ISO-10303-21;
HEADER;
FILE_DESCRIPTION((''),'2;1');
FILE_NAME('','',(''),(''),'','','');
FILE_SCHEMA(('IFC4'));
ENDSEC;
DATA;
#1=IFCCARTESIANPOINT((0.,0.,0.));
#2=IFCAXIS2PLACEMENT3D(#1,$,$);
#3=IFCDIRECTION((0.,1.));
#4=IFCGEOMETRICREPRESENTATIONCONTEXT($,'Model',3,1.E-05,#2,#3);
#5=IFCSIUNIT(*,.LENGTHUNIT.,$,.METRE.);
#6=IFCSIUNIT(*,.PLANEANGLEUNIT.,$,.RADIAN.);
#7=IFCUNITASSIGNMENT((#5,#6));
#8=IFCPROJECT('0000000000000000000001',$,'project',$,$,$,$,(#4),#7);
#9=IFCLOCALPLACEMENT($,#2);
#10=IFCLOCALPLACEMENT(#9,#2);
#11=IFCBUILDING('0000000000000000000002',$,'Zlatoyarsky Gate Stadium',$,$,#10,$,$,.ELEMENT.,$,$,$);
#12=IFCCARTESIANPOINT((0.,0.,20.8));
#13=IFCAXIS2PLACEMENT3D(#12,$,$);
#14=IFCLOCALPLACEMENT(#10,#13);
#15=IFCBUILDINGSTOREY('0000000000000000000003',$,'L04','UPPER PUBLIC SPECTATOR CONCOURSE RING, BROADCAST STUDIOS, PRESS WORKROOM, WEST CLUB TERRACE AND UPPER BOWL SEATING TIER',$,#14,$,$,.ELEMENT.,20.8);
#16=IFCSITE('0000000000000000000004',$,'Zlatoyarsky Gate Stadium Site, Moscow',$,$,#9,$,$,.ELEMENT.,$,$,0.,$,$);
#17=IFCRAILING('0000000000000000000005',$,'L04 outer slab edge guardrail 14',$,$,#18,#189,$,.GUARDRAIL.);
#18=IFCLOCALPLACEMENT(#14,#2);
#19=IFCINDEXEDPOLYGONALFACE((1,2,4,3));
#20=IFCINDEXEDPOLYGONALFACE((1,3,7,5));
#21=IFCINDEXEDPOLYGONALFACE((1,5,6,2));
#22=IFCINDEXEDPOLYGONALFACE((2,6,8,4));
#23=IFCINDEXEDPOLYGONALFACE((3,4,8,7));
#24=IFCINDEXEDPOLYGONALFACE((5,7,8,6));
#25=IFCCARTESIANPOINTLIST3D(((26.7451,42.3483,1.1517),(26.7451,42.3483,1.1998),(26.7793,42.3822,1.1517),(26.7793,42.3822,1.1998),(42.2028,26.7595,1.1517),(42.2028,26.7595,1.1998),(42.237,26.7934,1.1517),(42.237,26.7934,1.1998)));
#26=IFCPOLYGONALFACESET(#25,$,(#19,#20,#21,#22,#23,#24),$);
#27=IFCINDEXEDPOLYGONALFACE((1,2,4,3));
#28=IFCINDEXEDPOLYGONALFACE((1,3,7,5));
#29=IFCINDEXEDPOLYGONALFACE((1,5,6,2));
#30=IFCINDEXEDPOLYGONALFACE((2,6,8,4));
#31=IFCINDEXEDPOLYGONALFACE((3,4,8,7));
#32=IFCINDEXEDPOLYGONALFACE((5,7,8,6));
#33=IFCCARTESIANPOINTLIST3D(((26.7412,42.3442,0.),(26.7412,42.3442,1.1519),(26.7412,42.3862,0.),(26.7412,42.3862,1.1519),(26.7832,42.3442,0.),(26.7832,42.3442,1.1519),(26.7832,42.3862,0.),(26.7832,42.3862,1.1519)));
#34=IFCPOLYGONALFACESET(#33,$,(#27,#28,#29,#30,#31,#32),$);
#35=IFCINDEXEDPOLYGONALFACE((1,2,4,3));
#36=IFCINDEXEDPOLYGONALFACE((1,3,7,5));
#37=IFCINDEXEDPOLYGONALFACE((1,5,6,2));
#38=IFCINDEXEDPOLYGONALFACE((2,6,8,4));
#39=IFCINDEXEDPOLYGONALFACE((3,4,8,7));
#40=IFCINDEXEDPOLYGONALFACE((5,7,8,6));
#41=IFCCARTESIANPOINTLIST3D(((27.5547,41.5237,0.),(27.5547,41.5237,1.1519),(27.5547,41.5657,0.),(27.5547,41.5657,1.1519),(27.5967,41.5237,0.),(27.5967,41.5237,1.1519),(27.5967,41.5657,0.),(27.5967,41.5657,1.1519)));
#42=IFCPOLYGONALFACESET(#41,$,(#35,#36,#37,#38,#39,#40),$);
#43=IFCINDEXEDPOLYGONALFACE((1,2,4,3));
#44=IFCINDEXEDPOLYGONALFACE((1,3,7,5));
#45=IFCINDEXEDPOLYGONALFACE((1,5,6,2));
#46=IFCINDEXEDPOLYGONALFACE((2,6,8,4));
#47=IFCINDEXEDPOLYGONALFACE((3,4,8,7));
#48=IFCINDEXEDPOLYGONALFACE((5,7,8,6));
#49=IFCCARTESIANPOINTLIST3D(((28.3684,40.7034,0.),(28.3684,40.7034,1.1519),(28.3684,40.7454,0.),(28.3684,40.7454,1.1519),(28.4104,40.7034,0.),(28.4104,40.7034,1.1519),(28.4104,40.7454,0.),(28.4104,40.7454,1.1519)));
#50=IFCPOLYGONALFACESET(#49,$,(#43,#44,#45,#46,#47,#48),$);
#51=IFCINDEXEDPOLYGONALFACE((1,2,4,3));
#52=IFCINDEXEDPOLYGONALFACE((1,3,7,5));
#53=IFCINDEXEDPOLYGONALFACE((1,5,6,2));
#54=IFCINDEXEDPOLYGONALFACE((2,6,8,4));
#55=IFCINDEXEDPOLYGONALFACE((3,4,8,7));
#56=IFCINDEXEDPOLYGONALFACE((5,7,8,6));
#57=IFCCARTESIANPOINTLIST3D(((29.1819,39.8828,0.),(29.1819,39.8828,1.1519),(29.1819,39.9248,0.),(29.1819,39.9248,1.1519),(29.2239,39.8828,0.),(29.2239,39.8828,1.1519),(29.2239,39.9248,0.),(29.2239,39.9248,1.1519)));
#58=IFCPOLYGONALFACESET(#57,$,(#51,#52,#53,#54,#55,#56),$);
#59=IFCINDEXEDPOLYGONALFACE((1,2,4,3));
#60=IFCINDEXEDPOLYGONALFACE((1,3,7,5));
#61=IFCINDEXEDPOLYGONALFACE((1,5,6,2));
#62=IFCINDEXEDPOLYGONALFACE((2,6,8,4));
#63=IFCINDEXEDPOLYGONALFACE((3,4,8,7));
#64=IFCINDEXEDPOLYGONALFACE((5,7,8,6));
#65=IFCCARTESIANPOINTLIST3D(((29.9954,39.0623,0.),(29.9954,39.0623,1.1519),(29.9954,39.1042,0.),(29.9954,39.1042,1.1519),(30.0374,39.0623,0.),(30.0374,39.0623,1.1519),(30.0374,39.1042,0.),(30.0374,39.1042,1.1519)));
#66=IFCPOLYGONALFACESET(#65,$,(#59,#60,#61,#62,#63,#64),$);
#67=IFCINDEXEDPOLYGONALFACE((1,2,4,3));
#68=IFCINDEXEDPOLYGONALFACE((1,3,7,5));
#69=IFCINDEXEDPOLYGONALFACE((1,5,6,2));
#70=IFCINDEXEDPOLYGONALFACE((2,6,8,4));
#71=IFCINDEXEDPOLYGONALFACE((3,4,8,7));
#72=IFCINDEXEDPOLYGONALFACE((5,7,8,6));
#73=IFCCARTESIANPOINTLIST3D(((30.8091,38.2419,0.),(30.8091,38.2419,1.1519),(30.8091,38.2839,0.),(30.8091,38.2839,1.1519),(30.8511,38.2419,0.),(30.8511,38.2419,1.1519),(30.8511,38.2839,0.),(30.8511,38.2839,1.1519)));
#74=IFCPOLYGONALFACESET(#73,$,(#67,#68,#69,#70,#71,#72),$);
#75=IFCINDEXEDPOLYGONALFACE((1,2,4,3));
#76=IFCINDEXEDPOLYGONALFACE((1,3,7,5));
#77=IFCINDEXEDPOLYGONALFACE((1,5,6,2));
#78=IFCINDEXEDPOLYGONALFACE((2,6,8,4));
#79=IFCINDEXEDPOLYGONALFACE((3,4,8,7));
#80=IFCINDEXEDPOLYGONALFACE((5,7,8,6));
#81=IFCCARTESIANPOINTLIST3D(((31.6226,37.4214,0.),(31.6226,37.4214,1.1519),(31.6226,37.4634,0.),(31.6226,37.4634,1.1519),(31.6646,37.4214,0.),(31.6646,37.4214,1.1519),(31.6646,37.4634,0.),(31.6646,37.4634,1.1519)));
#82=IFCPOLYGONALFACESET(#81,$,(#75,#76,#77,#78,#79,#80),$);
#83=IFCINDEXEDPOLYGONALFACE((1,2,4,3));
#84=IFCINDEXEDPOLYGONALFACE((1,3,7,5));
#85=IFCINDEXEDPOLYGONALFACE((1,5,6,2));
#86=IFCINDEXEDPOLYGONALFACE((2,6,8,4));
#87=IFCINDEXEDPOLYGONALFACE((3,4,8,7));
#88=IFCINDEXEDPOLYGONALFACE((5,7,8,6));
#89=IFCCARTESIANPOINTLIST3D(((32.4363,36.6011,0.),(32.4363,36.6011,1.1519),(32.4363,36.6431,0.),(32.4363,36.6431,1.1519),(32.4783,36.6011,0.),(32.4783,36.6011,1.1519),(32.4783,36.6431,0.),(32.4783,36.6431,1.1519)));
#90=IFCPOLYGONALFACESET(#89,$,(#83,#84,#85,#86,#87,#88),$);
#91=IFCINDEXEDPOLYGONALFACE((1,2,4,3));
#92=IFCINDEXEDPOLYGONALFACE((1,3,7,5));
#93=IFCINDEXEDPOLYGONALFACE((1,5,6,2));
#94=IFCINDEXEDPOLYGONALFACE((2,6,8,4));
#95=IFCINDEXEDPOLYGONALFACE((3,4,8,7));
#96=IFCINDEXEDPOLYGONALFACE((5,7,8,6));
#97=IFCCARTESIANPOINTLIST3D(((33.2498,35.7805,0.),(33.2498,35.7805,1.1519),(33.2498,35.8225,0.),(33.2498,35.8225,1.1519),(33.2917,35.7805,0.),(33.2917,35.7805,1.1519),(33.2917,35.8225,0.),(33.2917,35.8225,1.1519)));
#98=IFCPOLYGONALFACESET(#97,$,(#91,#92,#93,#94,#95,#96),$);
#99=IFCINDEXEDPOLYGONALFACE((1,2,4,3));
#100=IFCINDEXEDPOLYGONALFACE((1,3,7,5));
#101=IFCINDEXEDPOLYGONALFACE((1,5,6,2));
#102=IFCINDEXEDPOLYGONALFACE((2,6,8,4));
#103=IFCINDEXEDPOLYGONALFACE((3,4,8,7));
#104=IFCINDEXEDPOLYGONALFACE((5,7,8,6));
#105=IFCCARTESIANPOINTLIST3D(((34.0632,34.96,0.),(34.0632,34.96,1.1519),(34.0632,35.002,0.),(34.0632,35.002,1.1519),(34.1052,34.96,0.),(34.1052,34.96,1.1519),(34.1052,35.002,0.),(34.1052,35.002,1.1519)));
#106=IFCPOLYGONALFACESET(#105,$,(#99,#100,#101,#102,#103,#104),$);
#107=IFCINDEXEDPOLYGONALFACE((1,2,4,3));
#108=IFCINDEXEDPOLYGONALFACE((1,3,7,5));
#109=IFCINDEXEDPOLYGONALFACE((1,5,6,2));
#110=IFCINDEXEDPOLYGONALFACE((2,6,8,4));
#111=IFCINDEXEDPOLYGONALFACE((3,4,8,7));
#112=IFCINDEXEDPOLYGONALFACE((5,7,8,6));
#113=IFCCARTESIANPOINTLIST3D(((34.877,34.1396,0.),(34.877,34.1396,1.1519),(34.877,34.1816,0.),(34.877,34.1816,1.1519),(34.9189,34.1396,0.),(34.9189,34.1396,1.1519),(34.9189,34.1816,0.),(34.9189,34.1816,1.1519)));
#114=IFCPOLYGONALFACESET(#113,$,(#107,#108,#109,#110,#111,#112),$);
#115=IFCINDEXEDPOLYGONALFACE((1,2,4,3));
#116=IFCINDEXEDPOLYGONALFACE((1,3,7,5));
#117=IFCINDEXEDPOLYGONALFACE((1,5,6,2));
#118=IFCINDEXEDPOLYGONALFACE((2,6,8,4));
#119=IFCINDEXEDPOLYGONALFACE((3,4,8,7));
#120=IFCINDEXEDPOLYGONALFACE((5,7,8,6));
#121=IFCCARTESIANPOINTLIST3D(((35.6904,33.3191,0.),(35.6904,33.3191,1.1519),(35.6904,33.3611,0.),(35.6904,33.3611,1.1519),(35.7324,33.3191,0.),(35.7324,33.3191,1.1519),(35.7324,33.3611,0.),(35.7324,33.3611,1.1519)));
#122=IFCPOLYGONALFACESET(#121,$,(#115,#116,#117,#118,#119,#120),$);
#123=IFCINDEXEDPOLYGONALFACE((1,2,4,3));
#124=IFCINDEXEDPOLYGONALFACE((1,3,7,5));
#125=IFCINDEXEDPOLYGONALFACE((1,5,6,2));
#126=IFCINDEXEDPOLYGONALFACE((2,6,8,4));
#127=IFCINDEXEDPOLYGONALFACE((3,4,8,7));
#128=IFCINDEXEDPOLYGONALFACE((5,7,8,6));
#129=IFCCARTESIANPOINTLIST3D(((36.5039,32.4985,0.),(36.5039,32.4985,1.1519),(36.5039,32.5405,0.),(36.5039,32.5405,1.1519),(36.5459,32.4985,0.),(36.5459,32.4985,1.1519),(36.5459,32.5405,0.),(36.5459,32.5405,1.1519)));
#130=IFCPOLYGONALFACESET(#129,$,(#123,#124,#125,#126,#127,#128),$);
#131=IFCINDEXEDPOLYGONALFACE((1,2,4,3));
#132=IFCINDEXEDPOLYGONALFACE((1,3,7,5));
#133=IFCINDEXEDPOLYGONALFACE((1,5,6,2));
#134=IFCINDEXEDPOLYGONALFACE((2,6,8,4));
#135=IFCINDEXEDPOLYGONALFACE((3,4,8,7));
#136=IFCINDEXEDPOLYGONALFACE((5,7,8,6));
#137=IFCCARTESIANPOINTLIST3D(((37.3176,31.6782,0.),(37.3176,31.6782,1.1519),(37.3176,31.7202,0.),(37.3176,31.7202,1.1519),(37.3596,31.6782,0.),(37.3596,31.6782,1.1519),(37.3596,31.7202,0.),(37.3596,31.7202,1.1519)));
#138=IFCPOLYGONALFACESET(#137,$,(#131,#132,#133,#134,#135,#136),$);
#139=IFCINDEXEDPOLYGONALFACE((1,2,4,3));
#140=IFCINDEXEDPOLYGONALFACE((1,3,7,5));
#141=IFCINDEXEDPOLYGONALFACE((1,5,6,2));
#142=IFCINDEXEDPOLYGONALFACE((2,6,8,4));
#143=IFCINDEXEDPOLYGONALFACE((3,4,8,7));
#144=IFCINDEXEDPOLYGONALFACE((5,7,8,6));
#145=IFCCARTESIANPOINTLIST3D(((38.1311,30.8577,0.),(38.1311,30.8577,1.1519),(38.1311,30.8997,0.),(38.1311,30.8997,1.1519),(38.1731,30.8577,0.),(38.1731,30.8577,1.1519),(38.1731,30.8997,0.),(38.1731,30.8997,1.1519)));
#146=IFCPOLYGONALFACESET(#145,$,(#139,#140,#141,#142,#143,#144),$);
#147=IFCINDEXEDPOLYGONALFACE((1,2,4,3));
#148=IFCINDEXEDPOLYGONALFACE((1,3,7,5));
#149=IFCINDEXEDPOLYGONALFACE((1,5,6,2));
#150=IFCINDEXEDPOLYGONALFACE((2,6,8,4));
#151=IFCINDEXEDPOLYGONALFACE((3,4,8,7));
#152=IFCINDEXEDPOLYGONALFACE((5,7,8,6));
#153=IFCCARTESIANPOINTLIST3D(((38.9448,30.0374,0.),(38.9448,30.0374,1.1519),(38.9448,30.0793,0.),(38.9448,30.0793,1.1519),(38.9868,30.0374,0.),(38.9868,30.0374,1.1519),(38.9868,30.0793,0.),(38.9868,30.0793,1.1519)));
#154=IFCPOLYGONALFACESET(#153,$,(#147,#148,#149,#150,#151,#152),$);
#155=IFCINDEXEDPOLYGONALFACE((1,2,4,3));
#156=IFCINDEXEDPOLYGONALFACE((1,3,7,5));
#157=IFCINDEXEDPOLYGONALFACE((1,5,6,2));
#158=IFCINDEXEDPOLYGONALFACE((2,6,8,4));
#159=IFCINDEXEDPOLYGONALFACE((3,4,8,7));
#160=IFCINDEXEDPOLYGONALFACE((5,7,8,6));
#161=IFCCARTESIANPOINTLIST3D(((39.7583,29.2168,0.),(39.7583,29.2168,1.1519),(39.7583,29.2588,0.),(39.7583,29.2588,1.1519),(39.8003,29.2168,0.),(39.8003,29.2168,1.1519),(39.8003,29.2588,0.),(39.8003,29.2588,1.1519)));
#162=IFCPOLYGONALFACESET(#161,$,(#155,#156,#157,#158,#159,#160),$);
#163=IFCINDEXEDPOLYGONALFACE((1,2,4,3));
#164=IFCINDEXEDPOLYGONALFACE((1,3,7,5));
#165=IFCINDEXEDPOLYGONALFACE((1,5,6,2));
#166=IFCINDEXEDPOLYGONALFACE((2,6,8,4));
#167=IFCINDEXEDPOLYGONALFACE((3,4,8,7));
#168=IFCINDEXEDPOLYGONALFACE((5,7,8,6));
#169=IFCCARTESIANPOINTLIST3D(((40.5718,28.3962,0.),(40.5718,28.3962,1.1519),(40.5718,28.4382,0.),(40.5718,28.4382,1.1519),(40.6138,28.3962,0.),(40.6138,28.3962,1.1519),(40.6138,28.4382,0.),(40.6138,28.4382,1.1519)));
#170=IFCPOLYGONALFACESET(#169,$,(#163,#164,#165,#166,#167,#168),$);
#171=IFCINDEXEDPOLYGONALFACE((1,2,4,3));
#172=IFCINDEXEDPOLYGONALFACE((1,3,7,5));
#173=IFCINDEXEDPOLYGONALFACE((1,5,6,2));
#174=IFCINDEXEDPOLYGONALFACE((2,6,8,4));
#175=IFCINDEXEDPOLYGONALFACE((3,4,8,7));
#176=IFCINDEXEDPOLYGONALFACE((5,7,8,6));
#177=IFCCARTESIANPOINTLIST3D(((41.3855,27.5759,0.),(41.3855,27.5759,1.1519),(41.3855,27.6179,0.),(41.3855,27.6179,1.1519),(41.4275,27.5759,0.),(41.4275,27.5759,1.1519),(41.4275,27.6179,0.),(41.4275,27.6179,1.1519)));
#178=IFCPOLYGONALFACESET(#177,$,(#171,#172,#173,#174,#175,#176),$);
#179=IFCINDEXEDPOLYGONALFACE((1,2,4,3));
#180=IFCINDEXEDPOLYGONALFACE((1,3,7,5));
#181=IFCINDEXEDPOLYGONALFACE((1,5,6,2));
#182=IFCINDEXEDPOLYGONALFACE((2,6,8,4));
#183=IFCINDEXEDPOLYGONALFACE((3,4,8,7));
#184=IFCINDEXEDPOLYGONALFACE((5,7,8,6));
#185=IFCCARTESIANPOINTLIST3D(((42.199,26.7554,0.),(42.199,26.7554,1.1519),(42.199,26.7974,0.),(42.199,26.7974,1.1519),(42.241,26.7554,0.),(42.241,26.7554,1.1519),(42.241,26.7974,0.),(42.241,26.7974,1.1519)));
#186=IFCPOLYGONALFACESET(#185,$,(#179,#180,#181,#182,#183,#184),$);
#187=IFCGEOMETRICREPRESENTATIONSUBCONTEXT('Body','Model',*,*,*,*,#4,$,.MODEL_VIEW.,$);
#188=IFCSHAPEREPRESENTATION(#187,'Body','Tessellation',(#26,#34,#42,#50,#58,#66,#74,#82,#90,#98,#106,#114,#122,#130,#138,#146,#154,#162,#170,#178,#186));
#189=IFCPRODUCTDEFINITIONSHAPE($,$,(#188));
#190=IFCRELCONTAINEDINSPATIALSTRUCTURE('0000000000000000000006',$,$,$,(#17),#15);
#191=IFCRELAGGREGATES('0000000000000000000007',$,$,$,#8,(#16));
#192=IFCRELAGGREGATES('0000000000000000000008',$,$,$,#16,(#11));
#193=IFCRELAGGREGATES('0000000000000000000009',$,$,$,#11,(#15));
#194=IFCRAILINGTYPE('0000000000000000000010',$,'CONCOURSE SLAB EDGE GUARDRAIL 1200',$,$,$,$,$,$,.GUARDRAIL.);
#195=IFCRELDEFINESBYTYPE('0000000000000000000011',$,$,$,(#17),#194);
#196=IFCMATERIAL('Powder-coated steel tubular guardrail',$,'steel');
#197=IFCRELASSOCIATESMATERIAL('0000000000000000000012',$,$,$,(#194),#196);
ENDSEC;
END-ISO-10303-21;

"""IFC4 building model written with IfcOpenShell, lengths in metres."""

from ifc_helpers import new_model, si_unit, direction, frame, origin, origin_2d, place, context, subcontext, project, spatial, rectangle, extrude, material, type_object, element, save


model = new_model("IFC4")

# Units and contexts
model_context = context("Model", 3, precision=1e-05, world=origin(), true_north=direction((0.0, 1.0)))
body_context = subcontext(model_context, "Body", "Model", "MODEL_VIEW")
ifc_project = project(units=[si_unit("LENGTHUNIT", "METRE"), si_unit("PLANEANGLEUNIT", "RADIAN")], contexts=[model_context])

# Site, building, storey
site_placement = place(None, origin())
site = spatial("IfcSite", under=ifc_project, at=site_placement, Name="Zlatoyarsky Gate Stadium Site, Moscow", CompositionType="ELEMENT", RefElevation=0.0)
building_placement = place(site_placement, origin())
building = spatial("IfcBuilding", under=site, at=building_placement, Name="Zlatoyarsky Gate Stadium", CompositionType="ELEMENT")
storey_placement = place(building_placement, frame((0.0, 0.0, 20.8)))
storey = spatial("IfcBuildingStorey", under=building, at=storey_placement, Name="L04", Description="UPPER PUBLIC SPECTATOR CONCOURSE RING, BROADCAST STUDIOS, PRESS WORKROOM, WEST CLUB TERRACE AND UPPER BOWL SEATING TIER", CompositionType="ELEMENT", Elevation=20.8)

# Railing
ifc_material_1 = material(Name="Powder-coated steel tubular guardrail", Category="steel")
railing_type = type_object("IfcRailingType", Name="CONCOURSE SLAB EDGE GUARDRAIL 1200", PredefinedType="GUARDRAIL", material=ifc_material_1)
railing_placement = place(storey_placement, frame((26.7622, 42.3652, 0.0)))
element("IfcRailing", 1, at=railing_placement, inside=storey, type_object=railing_type, Name="L04 outer slab edge guardrail 14", PredefinedType="GUARDRAIL", context=body_context, shape_type="SweptSolid", body=[
    extrude(rectangle(XDim=0.0481, YDim=0.0481, at=origin_2d()), frame((0.0, 0.0, 1.1758), z_axis=(0.704115, -0.710086, 0.0), x_axis=(0.710086, 0.704115, 0.0)), (0.0, 0.0, 1.0), 21.9534),
    extrude(rectangle(XDim=0.042, YDim=0.042, at=origin_2d()), origin(), (0.0, 0.0, 1.0), 1.1519),
    extrude(rectangle(XDim=0.042, YDim=0.042, at=origin_2d()), frame((0.8135, -0.8206, 0.0)), (0.0, 0.0, 1.0), 1.1519),
    extrude(rectangle(XDim=0.042, YDim=0.042, at=origin_2d()), frame((1.6272, -1.6409, 0.0)), (0.0, 0.0, 1.0), 1.1519),
    extrude(rectangle(XDim=0.042, YDim=0.042, at=origin_2d()), frame((2.4407, -2.4614, 0.0)), (0.0, 0.0, 1.0), 1.1519),
    extrude(rectangle(XDim=0.042, YDim=0.042, at=origin_2d()), frame((3.2542, -3.282, 0.0)), (0.0, 0.0, 1.0), 1.1519),
    extrude(rectangle(XDim=0.042, YDim=0.042, at=origin_2d()), frame((4.0679, -4.1023, 0.0)), (0.0, 0.0, 1.0), 1.1519),
    extrude(rectangle(XDim=0.042, YDim=0.042, at=origin_2d()), frame((4.8813, -4.9229, 0.0)), (0.0, 0.0, 1.0), 1.1519),
    extrude(rectangle(XDim=0.042, YDim=0.042, at=origin_2d()), frame((5.6951, -5.7432, 0.0)), (0.0, 0.0, 1.0), 1.1519),
    extrude(rectangle(XDim=0.042, YDim=0.042, at=origin_2d()), frame((6.5085, -6.5637, 0.0)), (0.0, 0.0, 1.0), 1.1519),
    extrude(rectangle(XDim=0.042, YDim=0.042, at=origin_2d()), frame((7.322, -7.3843, 0.0)), (0.0, 0.0, 1.0), 1.1519),
    extrude(rectangle(XDim=0.042, YDim=0.042, at=origin_2d()), frame((8.1357, -8.2046, 0.0)), (0.0, 0.0, 1.0), 1.1519),
    extrude(rectangle(XDim=0.042, YDim=0.042, at=origin_2d()), frame((8.9492, -9.0251, 0.0)), (0.0, 0.0, 1.0), 1.1519),
    extrude(rectangle(XDim=0.042, YDim=0.042, at=origin_2d()), frame((9.7627, -9.8457, 0.0)), (0.0, 0.0, 1.0), 1.1519),
    extrude(rectangle(XDim=0.042, YDim=0.042, at=origin_2d()), frame((10.5764, -10.666, 0.0)), (0.0, 0.0, 1.0), 1.1519),
    extrude(rectangle(XDim=0.042, YDim=0.042, at=origin_2d()), frame((11.3899, -11.4866, 0.0)), (0.0, 0.0, 1.0), 1.1519),
    extrude(rectangle(XDim=0.042, YDim=0.042, at=origin_2d()), frame((12.2036, -12.3069, 0.0)), (0.0, 0.0, 1.0), 1.1519),
    extrude(rectangle(XDim=0.042, YDim=0.042, at=origin_2d()), frame((13.0171, -13.1274, 0.0)), (0.0, 0.0, 1.0), 1.1519),
    extrude(rectangle(XDim=0.042, YDim=0.042, at=origin_2d()), frame((13.8306, -13.948, 0.0)), (0.0, 0.0, 1.0), 1.1519),
    extrude(rectangle(XDim=0.042, YDim=0.042, at=origin_2d()), frame((14.6443, -14.7683, 0.0)), (0.0, 0.0, 1.0), 1.1519),
    extrude(rectangle(XDim=0.042, YDim=0.042, at=origin_2d()), frame((15.4578, -15.5889, 0.0)), (0.0, 0.0, 1.0), 1.1519),
])

save(model, "model.ifc")
